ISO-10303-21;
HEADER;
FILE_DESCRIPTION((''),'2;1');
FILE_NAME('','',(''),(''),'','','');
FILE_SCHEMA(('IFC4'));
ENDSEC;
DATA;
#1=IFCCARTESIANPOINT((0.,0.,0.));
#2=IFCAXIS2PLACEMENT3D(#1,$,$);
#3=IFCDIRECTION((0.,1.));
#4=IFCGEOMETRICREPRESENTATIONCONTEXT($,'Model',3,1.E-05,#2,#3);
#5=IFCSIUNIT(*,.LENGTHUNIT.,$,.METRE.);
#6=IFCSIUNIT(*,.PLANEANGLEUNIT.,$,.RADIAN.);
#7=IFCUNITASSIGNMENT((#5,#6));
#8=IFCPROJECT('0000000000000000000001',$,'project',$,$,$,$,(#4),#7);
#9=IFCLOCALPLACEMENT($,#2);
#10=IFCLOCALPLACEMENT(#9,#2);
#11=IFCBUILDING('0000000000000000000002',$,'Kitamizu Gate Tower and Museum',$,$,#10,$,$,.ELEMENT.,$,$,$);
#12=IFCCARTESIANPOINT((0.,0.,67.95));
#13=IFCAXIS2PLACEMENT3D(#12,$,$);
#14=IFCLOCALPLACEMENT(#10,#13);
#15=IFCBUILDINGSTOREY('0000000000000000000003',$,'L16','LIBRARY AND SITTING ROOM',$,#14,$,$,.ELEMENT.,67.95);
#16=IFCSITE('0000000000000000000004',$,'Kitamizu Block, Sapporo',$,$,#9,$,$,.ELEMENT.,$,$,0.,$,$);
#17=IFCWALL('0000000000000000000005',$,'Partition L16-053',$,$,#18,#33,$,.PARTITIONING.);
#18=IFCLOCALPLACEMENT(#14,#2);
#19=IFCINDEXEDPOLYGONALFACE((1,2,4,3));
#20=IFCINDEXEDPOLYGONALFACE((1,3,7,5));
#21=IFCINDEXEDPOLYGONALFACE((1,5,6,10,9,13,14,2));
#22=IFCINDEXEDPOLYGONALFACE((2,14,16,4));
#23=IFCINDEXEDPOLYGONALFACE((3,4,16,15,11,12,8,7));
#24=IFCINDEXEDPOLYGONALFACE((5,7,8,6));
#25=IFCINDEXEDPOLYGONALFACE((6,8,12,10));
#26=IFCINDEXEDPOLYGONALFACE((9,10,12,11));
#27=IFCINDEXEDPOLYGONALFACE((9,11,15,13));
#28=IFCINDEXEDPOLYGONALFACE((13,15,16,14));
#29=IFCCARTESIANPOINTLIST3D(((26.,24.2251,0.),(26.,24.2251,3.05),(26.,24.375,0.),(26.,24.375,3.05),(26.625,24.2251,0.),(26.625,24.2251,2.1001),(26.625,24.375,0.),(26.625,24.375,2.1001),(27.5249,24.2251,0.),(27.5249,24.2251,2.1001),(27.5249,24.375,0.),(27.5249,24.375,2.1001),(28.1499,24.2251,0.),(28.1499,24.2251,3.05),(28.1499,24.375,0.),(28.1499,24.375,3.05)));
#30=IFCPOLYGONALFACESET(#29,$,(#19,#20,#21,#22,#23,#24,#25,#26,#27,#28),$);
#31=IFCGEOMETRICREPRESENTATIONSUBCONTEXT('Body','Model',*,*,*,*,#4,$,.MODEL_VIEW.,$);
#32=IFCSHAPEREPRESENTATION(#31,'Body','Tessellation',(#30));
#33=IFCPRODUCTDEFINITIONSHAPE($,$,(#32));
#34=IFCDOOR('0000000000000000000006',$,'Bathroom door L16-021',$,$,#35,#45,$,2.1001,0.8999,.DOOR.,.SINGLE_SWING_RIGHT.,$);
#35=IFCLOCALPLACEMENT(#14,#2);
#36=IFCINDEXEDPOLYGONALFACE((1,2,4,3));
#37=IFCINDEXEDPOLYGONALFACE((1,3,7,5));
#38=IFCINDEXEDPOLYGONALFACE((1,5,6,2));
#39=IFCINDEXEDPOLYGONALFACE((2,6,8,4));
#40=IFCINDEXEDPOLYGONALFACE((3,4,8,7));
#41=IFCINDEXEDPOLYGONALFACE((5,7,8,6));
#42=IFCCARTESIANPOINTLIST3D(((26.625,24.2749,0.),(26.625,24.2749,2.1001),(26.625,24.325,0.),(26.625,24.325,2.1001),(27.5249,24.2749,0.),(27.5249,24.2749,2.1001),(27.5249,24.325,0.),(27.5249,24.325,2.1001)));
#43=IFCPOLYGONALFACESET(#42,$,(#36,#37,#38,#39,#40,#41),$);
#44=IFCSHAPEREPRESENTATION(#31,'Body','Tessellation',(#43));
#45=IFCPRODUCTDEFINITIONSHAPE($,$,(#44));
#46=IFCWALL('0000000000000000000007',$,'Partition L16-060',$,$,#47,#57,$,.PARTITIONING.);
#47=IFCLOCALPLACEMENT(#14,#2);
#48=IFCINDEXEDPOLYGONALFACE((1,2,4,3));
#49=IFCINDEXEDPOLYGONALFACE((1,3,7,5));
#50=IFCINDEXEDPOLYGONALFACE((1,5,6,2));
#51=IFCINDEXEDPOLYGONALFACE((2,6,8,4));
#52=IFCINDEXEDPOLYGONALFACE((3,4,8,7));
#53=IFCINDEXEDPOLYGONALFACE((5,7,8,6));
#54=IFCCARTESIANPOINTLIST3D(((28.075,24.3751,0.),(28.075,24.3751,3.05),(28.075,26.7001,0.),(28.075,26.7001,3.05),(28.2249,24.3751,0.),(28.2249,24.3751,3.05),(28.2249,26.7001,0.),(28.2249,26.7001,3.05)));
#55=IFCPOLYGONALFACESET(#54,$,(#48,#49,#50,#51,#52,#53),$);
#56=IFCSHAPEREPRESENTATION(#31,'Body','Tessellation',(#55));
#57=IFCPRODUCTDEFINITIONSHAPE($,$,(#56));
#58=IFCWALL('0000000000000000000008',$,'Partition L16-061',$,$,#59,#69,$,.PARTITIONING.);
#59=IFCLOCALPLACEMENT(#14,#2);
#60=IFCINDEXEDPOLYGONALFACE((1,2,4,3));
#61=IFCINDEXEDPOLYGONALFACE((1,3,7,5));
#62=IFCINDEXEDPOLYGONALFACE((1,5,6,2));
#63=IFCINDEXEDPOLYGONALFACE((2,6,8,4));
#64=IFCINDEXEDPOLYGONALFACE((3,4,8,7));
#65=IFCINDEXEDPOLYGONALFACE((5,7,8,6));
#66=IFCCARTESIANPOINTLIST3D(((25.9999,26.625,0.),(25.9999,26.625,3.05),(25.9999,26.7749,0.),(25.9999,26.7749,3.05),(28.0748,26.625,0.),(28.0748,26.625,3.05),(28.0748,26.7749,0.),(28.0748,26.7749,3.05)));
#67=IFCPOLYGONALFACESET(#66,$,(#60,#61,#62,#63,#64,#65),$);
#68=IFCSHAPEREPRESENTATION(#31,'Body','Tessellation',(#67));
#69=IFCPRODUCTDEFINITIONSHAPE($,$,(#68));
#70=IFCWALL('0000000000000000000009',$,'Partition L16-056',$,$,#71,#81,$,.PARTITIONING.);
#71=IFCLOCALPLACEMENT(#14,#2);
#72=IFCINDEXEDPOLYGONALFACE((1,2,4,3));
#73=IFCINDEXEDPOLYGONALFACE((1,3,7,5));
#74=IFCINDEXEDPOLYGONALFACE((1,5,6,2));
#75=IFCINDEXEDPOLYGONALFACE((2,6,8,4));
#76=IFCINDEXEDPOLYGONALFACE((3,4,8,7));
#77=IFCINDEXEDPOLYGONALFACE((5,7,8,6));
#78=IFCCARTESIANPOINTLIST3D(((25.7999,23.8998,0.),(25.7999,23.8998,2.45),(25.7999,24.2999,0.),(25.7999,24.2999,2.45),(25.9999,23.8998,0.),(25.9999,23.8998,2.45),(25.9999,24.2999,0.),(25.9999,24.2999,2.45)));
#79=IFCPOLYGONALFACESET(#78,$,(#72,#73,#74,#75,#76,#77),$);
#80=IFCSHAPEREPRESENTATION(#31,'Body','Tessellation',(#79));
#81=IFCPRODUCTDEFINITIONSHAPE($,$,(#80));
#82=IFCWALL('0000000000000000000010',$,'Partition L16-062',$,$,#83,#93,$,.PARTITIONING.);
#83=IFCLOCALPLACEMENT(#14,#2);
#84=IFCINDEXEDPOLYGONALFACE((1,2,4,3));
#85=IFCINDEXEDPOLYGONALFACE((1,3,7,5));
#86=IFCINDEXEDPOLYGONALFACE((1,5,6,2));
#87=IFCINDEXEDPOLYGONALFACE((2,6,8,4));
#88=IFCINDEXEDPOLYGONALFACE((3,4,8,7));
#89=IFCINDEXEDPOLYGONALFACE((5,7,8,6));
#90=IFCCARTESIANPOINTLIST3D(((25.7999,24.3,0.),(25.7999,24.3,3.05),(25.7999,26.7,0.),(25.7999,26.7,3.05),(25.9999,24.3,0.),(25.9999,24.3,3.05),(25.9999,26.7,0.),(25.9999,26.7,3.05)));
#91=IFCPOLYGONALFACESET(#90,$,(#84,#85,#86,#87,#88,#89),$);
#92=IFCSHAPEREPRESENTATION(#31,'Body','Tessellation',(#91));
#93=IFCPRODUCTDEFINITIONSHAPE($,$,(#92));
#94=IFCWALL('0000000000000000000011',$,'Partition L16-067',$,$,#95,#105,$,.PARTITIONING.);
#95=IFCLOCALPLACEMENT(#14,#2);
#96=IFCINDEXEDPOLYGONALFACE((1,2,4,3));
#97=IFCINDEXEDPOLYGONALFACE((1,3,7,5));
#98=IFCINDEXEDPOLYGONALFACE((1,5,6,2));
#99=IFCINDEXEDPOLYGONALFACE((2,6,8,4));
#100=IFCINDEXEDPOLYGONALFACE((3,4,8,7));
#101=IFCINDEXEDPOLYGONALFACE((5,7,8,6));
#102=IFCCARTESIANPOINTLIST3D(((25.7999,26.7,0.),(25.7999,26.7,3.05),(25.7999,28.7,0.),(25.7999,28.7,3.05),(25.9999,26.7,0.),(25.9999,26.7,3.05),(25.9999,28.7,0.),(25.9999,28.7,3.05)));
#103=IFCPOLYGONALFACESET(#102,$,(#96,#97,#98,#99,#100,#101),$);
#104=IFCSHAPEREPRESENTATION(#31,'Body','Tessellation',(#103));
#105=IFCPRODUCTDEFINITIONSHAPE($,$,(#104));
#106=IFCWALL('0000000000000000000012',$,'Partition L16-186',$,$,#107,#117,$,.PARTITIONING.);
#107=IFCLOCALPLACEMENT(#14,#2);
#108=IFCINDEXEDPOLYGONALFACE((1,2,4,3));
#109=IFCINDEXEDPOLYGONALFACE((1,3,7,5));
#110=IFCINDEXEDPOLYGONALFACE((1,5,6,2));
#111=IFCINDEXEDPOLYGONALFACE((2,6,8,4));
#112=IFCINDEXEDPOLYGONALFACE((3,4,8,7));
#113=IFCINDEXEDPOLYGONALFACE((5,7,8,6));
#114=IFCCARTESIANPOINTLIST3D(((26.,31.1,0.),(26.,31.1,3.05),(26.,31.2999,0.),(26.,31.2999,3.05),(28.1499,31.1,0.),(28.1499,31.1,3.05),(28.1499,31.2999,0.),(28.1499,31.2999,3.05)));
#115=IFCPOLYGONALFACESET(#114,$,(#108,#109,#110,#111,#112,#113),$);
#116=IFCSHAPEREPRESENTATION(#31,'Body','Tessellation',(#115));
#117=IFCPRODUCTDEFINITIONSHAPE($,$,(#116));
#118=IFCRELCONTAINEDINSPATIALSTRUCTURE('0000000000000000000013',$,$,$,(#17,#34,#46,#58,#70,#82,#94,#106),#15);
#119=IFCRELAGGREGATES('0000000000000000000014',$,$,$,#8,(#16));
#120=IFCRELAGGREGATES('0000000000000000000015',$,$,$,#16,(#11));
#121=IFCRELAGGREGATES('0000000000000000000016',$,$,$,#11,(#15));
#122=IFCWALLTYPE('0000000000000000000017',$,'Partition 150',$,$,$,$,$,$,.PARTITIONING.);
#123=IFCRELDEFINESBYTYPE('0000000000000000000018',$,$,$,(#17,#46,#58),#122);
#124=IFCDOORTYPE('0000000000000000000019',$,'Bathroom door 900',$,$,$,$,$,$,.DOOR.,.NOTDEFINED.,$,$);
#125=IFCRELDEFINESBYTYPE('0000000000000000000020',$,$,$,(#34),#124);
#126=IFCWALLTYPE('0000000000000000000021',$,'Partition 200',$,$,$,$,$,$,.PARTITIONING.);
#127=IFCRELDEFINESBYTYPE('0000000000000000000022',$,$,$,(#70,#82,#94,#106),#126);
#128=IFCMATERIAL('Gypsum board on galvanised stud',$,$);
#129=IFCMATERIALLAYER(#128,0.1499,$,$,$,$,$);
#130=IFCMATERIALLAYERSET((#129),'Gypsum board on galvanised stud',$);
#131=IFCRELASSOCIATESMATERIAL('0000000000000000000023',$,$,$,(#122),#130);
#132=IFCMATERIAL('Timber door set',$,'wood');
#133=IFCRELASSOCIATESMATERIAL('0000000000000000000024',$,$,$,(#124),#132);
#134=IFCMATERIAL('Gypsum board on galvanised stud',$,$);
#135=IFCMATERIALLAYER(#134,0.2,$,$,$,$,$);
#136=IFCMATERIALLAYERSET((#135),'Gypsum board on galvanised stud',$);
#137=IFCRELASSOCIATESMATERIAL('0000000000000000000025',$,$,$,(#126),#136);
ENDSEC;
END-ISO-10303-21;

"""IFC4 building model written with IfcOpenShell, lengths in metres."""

from ifc_helpers import new_model, si_unit, direction, frame, frame_2d, origin, place, context, subcontext, project, spatial, rectangle, extrude, material, layer, layer_set, type_object, element, fill, save


model = new_model("IFC4")

# Units and contexts
model_context = context("Model", 3, precision=1e-05, world=origin(), true_north=direction((0.0, 1.0)))
body_context = subcontext(model_context, "Body", "Model", "MODEL_VIEW")
ifc_project = project(units=[si_unit("LENGTHUNIT", "METRE"), si_unit("PLANEANGLEUNIT", "RADIAN")], contexts=[model_context])

# Site, building, storey
site_placement = place(None, origin())
site = spatial("IfcSite", under=ifc_project, at=site_placement, Name="Kitamizu Block, Sapporo", CompositionType="ELEMENT", RefElevation=0.0)
building_placement = place(site_placement, origin())
building = spatial("IfcBuilding", under=site, at=building_placement, Name="Kitamizu Gate Tower and Museum", CompositionType="ELEMENT")
storey_placement = place(building_placement, frame((0.0, 0.0, 67.95)))
storey = spatial("IfcBuildingStorey", under=building, at=storey_placement, Name="L16", Description="LIBRARY AND SITTING ROOM", CompositionType="ELEMENT", Elevation=67.95)

# Wall, opening, door
ifc_material_1 = material(Name="Gypsum board on galvanised stud")
ifc_layer_1 = layer(ifc_material_1, 0.1499)
ifc_layer_set_1 = layer_set([ifc_layer_1], Name="Gypsum board on galvanised stud")
wall_type_1 = type_object("IfcWallType", Name="Partition 150", PredefinedType="PARTITIONING", material=ifc_layer_set_1)
wall_1_placement = place(storey_placement, frame((28.1499, 24.3, 0.0), z_axis=(0.0, 0.0, 1.0), x_axis=(-1.0, 0.0, 0.0)))
wall_1 = element("IfcWall", 1, at=wall_1_placement, inside=storey, type_object=wall_type_1, Name="Partition L16-053", PredefinedType="PARTITIONING", context=body_context, shape_type="SweptSolid", body=[
    extrude(rectangle(XDim=2.1499, YDim=0.1499, at=frame_2d((1.075, 0.0))), origin(), (0.0, 0.0, 1.0), 3.05),
])
opening_1_placement = place(wall_1_placement, frame((0.625, 0.0, 0.0)))
opening_1 = element("IfcOpeningElement", 2, at=opening_1_placement, cuts=wall_1, PredefinedType="OPENING", context=body_context, shape_type="SweptSolid", body=[
    extrude(rectangle(XDim=0.8999, YDim=2.1001, at=frame_2d((0.45, 1.05))), frame((0.0, 0.085, 0.0), z_axis=(0.0, -1.0, 0.0), x_axis=(1.0, 0.0, 0.0)), (0.0, 0.0, 1.0), 0.1699),
])
ifc_material_2 = material(Name="Timber door set", Category="wood")
door_type_1 = type_object("IfcDoorType", Name="Bathroom door 900", OperationType="NOTDEFINED", PredefinedType="DOOR", material=ifc_material_2)
door_1_placement = place(opening_1_placement, frame((0.8999, 0.0, 0.0), x_axis=(-1.0, 0.0, 0.0)))
door_1 = element("IfcDoor", 3, at=door_1_placement, inside=storey, type_object=door_type_1, Name="Bathroom door L16-021", OperationType="SINGLE_SWING_RIGHT", OverallHeight=2.1001, OverallWidth=0.8999, PredefinedType="DOOR", context=body_context, shape_type="SweptSolid", body=[
    extrude(rectangle(XDim=0.8999, YDim=2.1001, at=frame_2d((0.45, 1.05))), frame((0.0, 0.0249, 0.0), z_axis=(0.0, -1.0, 0.0), x_axis=(1.0, 0.0, 0.0)), (0.0, 0.0, 1.0), 0.05),
])
fill(opening_1, door_1)

# Walls
wall_2_placement = place(storey_placement, frame((28.1499, 24.375, 0.0), z_axis=(0.0, 0.0, 1.0), x_axis=(0.0, 1.0, 0.0)))
element("IfcWall", 4, at=wall_2_placement, inside=storey, type_object=wall_type_1, Name="Partition L16-060", PredefinedType="PARTITIONING", context=body_context, shape_type="SweptSolid", body=[
    extrude(rectangle(XDim=2.325, YDim=0.1499, at=frame_2d((1.1626, 0.0))), origin(), (0.0, 0.0, 1.0), 3.05),
])
wall_3_placement = place(storey_placement, frame((28.075, 26.7, 0.0), z_axis=(0.0, 0.0, 1.0), x_axis=(-1.0, 0.0, 0.0)))
element("IfcWall", 5, at=wall_3_placement, inside=storey, type_object=wall_type_1, Name="Partition L16-061", PredefinedType="PARTITIONING", context=body_context, shape_type="SweptSolid", body=[
    extrude(rectangle(XDim=2.075, YDim=0.1499, at=frame_2d((1.0376, 0.0))), origin(), (0.0, 0.0, 1.0), 3.05),
])
ifc_material_3 = material(Name="Gypsum board on galvanised stud")
ifc_layer_2 = layer(ifc_material_3, 0.2)
ifc_layer_set_2 = layer_set([ifc_layer_2], Name="Gypsum board on galvanised stud")
wall_type_2 = type_object("IfcWallType", Name="Partition 200", PredefinedType="PARTITIONING", material=ifc_layer_set_2)
wall_4_placement = place(storey_placement, frame((25.8999, 24.3, 0.0), z_axis=(0.0, 0.0, 1.0), x_axis=(0.0, -1.0, 0.0)))
element("IfcWall", 6, at=wall_4_placement, inside=storey, type_object=wall_type_2, Name="Partition L16-056", PredefinedType="PARTITIONING", context=body_context, shape_type="SweptSolid", body=[
    extrude(rectangle(XDim=0.4001, YDim=0.2, at=frame_2d((0.2002, 0.0))), origin(), (0.0, 0.0, 1.0), 2.45),
])
wall_5_placement = place(storey_placement, frame((25.8999, 26.7, 0.0), z_axis=(0.0, 0.0, 1.0), x_axis=(0.0, -1.0, 0.0)))
element("IfcWall", 7, at=wall_5_placement, inside=storey, type_object=wall_type_2, Name="Partition L16-062", PredefinedType="PARTITIONING", context=body_context, shape_type="SweptSolid", body=[
    extrude(rectangle(XDim=2.3999, YDim=0.2, at=frame_2d((1.2, 0.0))), origin(), (0.0, 0.0, 1.0), 3.05),
])
wall_6_placement = place(storey_placement, frame((25.8999, 28.7, 0.0), z_axis=(0.0, 0.0, 1.0), x_axis=(0.0, -1.0, 0.0)))
element("IfcWall", 8, at=wall_6_placement, inside=storey, type_object=wall_type_2, Name="Partition L16-067", PredefinedType="PARTITIONING", context=body_context, shape_type="SweptSolid", body=[
    extrude(rectangle(XDim=2.0, YDim=0.2, at=frame_2d((1.0, 0.0))), origin(), (0.0, 0.0, 1.0), 3.05),
])
wall_7_placement = place(storey_placement, frame((26.0, 31.2, 0.0), z_axis=(0.0, 0.0, 1.0), x_axis=(1.0, 0.0, 0.0)))
element("IfcWall", 9, at=wall_7_placement, inside=storey, type_object=wall_type_2, Name="Partition L16-186", PredefinedType="PARTITIONING", context=body_context, shape_type="SweptSolid", body=[
    extrude(rectangle(XDim=2.1499, YDim=0.2, at=frame_2d((1.075, 0.0))), origin(), (0.0, 0.0, 1.0), 3.05),
])

save(model, "model.ifc")
